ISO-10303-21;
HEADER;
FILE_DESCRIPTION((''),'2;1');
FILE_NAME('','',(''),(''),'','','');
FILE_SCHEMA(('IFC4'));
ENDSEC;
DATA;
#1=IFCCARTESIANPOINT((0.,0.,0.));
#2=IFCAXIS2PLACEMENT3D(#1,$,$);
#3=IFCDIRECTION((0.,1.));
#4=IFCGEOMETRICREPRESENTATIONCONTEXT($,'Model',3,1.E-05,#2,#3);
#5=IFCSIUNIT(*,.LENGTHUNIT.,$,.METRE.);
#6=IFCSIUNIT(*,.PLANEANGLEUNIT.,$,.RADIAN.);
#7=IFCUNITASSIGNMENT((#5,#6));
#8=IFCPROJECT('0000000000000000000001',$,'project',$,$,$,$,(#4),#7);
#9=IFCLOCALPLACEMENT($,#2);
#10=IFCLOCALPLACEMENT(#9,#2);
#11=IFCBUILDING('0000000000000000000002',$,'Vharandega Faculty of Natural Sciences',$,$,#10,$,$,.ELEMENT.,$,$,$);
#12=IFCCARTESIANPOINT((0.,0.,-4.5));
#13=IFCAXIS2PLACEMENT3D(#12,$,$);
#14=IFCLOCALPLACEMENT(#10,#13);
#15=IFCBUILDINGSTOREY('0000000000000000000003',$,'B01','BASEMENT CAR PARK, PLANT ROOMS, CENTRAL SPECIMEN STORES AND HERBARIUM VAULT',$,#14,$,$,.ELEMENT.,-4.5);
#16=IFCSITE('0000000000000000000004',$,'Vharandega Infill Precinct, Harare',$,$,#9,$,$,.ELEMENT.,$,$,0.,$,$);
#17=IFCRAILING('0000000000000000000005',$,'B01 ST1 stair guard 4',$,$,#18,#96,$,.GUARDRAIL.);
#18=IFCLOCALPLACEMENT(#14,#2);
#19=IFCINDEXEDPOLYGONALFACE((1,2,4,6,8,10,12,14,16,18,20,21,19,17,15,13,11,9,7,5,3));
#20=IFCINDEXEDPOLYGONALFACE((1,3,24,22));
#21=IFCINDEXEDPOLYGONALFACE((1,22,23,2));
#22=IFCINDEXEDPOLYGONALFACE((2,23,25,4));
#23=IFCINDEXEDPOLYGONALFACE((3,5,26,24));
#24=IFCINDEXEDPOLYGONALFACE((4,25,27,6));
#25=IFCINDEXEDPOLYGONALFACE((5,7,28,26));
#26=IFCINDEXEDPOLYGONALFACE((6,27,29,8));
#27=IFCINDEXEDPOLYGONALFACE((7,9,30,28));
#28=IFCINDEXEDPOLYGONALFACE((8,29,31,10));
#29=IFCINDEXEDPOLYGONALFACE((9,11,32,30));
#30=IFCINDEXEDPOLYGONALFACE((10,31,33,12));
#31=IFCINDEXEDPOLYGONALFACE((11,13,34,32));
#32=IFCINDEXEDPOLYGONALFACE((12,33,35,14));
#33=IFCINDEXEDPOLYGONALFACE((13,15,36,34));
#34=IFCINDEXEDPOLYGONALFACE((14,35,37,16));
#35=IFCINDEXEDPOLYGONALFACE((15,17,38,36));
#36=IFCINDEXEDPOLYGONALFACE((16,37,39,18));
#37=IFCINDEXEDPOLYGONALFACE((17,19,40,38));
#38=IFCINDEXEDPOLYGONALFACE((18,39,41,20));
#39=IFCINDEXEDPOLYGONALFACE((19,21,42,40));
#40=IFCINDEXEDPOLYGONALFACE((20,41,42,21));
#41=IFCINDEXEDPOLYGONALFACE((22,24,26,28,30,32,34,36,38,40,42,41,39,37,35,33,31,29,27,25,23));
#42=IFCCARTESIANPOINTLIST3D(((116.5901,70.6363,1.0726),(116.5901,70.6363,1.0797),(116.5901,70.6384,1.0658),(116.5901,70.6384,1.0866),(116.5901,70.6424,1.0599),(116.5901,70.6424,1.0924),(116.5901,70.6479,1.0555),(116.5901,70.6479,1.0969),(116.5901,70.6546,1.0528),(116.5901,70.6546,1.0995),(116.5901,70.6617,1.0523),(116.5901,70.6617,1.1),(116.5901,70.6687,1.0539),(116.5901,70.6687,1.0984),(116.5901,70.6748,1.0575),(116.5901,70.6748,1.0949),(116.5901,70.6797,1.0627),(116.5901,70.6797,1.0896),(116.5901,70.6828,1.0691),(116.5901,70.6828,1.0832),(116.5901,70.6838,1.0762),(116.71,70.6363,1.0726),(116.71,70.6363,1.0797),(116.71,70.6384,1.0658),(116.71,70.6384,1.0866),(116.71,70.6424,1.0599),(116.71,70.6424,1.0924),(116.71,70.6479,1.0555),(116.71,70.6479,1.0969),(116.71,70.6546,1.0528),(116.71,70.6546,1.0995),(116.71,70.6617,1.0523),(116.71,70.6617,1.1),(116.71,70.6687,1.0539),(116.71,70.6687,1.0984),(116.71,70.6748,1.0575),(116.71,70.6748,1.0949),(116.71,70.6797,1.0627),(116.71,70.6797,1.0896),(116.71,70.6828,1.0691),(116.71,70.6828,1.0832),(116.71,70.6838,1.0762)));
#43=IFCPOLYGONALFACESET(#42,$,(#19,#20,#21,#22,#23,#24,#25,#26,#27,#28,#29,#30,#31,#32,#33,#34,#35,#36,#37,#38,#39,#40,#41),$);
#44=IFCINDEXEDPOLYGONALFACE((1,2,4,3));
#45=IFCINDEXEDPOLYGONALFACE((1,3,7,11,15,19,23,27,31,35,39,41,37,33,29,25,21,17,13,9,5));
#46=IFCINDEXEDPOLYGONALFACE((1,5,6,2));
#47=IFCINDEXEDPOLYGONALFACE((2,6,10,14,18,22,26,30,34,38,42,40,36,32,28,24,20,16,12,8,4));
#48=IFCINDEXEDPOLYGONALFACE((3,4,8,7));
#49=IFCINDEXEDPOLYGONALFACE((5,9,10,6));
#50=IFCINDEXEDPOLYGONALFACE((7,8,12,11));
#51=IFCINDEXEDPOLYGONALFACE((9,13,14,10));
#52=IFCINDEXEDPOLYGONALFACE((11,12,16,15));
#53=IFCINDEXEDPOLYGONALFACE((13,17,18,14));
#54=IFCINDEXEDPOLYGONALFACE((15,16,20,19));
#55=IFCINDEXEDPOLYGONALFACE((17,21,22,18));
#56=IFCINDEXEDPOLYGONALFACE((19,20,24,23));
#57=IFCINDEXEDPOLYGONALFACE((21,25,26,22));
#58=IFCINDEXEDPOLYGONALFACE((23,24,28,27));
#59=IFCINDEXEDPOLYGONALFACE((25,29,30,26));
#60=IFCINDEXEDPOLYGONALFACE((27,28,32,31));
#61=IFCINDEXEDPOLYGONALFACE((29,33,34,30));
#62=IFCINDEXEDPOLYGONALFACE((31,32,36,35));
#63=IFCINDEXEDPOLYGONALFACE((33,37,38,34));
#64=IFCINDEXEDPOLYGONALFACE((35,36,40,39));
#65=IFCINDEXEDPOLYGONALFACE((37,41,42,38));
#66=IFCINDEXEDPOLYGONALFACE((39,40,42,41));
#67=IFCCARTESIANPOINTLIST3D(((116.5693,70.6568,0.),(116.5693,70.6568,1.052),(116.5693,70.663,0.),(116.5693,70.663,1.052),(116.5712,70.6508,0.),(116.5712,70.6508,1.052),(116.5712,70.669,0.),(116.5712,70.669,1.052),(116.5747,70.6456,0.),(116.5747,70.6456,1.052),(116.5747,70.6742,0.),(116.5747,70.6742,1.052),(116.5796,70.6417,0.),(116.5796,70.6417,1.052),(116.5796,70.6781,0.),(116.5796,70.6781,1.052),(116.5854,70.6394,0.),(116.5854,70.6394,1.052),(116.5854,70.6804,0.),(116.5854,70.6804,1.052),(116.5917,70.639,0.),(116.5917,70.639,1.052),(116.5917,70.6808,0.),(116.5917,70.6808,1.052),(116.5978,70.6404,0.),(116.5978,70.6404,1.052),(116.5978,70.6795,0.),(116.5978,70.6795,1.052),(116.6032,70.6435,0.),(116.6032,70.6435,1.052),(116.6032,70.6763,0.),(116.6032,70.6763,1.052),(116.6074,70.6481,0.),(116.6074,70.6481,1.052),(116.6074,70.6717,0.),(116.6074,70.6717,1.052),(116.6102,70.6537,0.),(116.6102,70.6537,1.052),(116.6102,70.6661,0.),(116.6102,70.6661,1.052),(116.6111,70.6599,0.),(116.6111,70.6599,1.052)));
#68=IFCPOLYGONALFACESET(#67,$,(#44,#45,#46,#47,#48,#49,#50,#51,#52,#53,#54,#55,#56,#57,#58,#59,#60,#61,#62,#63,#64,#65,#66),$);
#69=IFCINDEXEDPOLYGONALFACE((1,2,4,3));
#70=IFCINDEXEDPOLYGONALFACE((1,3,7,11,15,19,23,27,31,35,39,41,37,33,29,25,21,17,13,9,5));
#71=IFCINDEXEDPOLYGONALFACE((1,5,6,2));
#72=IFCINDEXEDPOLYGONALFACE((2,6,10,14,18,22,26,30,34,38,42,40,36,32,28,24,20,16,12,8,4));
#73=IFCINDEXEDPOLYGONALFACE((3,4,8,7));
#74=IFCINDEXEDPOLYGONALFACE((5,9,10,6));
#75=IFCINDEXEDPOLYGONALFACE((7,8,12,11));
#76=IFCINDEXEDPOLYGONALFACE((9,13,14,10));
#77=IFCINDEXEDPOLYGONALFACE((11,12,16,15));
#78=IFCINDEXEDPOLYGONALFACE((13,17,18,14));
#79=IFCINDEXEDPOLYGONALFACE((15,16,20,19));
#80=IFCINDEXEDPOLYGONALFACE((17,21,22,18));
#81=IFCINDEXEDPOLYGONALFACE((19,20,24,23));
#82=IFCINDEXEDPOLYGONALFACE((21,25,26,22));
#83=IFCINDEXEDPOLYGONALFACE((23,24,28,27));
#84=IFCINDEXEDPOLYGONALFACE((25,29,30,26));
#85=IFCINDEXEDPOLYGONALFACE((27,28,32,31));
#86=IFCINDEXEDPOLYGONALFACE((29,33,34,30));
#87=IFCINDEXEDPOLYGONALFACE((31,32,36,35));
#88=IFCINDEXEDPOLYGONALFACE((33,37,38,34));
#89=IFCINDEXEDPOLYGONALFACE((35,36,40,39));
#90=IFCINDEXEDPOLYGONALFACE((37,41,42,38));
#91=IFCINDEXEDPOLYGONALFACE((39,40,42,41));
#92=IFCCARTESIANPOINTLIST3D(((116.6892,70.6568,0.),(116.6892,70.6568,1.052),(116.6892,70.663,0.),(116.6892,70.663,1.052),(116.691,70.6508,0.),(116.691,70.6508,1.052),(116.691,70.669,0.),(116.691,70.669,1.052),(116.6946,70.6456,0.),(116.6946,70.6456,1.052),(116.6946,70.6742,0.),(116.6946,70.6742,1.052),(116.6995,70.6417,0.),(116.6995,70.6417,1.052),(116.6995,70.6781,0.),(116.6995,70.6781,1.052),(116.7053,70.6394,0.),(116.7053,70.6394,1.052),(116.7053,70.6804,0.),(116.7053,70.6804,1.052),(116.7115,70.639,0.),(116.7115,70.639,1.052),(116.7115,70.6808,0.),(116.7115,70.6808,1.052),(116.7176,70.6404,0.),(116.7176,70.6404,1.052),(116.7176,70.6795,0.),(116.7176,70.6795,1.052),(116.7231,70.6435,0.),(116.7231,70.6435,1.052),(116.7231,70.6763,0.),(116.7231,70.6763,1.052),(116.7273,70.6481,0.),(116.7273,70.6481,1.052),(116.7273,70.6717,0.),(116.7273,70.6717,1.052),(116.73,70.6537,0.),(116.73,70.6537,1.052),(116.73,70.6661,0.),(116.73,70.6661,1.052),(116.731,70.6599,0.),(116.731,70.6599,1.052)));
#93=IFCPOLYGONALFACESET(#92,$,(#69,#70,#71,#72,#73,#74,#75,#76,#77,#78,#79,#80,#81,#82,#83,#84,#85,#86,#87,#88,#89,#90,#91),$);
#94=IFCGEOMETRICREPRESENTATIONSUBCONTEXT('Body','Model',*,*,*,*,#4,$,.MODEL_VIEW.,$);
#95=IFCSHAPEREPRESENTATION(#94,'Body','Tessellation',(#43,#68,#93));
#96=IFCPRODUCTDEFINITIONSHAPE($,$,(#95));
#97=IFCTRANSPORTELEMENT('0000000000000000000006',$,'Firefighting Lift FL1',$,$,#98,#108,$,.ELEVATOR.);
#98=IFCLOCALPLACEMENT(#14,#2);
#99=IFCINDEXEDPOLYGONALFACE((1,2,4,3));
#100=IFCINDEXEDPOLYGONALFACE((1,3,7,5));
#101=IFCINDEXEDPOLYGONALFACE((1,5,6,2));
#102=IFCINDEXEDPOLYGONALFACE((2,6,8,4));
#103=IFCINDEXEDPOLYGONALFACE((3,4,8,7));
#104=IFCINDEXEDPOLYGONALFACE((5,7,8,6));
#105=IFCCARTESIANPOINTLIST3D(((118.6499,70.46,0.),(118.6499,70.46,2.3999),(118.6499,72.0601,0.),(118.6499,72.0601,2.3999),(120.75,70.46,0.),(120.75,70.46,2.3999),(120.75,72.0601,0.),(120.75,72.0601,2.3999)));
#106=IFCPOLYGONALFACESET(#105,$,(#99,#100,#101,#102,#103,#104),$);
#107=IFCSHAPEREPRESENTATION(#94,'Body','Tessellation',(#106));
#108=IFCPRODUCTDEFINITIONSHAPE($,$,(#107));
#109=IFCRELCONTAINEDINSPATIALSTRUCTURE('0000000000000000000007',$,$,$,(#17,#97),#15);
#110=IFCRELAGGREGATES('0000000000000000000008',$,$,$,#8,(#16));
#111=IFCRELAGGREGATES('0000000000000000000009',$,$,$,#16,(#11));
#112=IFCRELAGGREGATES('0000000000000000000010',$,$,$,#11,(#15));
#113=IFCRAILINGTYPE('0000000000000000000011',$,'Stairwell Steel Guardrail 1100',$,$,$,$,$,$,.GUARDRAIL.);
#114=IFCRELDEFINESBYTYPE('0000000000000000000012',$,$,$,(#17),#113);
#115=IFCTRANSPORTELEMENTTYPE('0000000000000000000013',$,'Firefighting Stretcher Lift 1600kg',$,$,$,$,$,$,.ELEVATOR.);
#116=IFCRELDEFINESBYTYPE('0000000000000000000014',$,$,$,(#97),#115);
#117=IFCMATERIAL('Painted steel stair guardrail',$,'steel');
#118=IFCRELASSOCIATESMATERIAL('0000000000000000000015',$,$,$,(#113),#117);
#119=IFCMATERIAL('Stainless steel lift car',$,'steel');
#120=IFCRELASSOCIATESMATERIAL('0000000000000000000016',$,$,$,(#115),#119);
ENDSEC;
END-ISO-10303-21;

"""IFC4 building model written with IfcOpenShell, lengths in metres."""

from ifc_helpers import new_model, si_unit, direction, frame, origin, origin_2d, place, context, subcontext, project, spatial, rectangle, circle, extrude, material, type_object, element, save


model = new_model("IFC4")

# Units and contexts
model_context = context("Model", 3, precision=1e-05, world=origin(), true_north=direction((0.0, 1.0)))
body_context = subcontext(model_context, "Body", "Model", "MODEL_VIEW")
ifc_project = project(units=[si_unit("LENGTHUNIT", "METRE"), si_unit("PLANEANGLEUNIT", "RADIAN")], contexts=[model_context])

# Site, building, storey
site_placement = place(None, origin())
site = spatial("IfcSite", under=ifc_project, at=site_placement, Name="Vharandega Infill Precinct, Harare", CompositionType="ELEMENT", RefElevation=0.0)
building_placement = place(site_placement, origin())
building = spatial("IfcBuilding", under=site, at=building_placement, Name="Vharandega Faculty of Natural Sciences", CompositionType="ELEMENT")
storey_placement = place(building_placement, frame((0.0, 0.0, -4.5)))
storey = spatial("IfcBuildingStorey", under=building, at=storey_placement, Name="B01", Description="BASEMENT CAR PARK, PLANT ROOMS, CENTRAL SPECIMEN STORES AND HERBARIUM VAULT", CompositionType="ELEMENT", Elevation=-4.5)

# Railing
ifc_material_1 = material(Name="Painted steel stair guardrail", Category="steel")
railing_type_1 = type_object("IfcRailingType", Name="Stairwell Steel Guardrail 1100", PredefinedType="GUARDRAIL", material=ifc_material_1)
railing_1_placement = place(storey_placement, frame((116.5901, 70.6599, 0.0)))
element("IfcRailing", 1, at=railing_1_placement, inside=storey, type_object=railing_type_1, Name="B01 ST1 stair guard 4", PredefinedType="GUARDRAIL", context=body_context, shape_type="SweptSolid", body=[
    extrude(circle(Radius=0.0239, at=origin_2d()), frame((0.0, 0.0, 1.0762), z_axis=(1.0, 0.0, 0.0), x_axis=(0.0, 1.0, 0.0)), (0.0, 0.0, 1.0), 0.1199),
    extrude(circle(Radius=0.021, at=origin_2d()), origin(), (0.0, 0.0, 1.0), 1.052),
    extrude(circle(Radius=0.021, at=origin_2d()), frame((0.1199, 0.0, 0.0)), (0.0, 0.0, 1.0), 1.052),
])

# Transport element
ifc_material_2 = material(Name="Stainless steel lift car", Category="steel")
transport_element_type = type_object("IfcTransportElementType", Name="Firefighting Stretcher Lift 1600kg", PredefinedType="ELEVATOR", material=ifc_material_2)
transport_element_placement = place(storey_placement, frame((119.7, 71.26, 0.0), z_axis=(0.0, 0.0, 1.0), x_axis=(1.0, 0.0, 0.0)))
element("IfcTransportElement", 2, at=transport_element_placement, inside=storey, type_object=transport_element_type, Name="Firefighting Lift FL1", PredefinedType="ELEVATOR", context=body_context, shape_type="SweptSolid", body=[
    extrude(rectangle(XDim=2.1001, YDim=1.6001, at=origin_2d()), origin(), (0.0, 0.0, 1.0), 2.3999),
])

save(model, "model.ifc")
